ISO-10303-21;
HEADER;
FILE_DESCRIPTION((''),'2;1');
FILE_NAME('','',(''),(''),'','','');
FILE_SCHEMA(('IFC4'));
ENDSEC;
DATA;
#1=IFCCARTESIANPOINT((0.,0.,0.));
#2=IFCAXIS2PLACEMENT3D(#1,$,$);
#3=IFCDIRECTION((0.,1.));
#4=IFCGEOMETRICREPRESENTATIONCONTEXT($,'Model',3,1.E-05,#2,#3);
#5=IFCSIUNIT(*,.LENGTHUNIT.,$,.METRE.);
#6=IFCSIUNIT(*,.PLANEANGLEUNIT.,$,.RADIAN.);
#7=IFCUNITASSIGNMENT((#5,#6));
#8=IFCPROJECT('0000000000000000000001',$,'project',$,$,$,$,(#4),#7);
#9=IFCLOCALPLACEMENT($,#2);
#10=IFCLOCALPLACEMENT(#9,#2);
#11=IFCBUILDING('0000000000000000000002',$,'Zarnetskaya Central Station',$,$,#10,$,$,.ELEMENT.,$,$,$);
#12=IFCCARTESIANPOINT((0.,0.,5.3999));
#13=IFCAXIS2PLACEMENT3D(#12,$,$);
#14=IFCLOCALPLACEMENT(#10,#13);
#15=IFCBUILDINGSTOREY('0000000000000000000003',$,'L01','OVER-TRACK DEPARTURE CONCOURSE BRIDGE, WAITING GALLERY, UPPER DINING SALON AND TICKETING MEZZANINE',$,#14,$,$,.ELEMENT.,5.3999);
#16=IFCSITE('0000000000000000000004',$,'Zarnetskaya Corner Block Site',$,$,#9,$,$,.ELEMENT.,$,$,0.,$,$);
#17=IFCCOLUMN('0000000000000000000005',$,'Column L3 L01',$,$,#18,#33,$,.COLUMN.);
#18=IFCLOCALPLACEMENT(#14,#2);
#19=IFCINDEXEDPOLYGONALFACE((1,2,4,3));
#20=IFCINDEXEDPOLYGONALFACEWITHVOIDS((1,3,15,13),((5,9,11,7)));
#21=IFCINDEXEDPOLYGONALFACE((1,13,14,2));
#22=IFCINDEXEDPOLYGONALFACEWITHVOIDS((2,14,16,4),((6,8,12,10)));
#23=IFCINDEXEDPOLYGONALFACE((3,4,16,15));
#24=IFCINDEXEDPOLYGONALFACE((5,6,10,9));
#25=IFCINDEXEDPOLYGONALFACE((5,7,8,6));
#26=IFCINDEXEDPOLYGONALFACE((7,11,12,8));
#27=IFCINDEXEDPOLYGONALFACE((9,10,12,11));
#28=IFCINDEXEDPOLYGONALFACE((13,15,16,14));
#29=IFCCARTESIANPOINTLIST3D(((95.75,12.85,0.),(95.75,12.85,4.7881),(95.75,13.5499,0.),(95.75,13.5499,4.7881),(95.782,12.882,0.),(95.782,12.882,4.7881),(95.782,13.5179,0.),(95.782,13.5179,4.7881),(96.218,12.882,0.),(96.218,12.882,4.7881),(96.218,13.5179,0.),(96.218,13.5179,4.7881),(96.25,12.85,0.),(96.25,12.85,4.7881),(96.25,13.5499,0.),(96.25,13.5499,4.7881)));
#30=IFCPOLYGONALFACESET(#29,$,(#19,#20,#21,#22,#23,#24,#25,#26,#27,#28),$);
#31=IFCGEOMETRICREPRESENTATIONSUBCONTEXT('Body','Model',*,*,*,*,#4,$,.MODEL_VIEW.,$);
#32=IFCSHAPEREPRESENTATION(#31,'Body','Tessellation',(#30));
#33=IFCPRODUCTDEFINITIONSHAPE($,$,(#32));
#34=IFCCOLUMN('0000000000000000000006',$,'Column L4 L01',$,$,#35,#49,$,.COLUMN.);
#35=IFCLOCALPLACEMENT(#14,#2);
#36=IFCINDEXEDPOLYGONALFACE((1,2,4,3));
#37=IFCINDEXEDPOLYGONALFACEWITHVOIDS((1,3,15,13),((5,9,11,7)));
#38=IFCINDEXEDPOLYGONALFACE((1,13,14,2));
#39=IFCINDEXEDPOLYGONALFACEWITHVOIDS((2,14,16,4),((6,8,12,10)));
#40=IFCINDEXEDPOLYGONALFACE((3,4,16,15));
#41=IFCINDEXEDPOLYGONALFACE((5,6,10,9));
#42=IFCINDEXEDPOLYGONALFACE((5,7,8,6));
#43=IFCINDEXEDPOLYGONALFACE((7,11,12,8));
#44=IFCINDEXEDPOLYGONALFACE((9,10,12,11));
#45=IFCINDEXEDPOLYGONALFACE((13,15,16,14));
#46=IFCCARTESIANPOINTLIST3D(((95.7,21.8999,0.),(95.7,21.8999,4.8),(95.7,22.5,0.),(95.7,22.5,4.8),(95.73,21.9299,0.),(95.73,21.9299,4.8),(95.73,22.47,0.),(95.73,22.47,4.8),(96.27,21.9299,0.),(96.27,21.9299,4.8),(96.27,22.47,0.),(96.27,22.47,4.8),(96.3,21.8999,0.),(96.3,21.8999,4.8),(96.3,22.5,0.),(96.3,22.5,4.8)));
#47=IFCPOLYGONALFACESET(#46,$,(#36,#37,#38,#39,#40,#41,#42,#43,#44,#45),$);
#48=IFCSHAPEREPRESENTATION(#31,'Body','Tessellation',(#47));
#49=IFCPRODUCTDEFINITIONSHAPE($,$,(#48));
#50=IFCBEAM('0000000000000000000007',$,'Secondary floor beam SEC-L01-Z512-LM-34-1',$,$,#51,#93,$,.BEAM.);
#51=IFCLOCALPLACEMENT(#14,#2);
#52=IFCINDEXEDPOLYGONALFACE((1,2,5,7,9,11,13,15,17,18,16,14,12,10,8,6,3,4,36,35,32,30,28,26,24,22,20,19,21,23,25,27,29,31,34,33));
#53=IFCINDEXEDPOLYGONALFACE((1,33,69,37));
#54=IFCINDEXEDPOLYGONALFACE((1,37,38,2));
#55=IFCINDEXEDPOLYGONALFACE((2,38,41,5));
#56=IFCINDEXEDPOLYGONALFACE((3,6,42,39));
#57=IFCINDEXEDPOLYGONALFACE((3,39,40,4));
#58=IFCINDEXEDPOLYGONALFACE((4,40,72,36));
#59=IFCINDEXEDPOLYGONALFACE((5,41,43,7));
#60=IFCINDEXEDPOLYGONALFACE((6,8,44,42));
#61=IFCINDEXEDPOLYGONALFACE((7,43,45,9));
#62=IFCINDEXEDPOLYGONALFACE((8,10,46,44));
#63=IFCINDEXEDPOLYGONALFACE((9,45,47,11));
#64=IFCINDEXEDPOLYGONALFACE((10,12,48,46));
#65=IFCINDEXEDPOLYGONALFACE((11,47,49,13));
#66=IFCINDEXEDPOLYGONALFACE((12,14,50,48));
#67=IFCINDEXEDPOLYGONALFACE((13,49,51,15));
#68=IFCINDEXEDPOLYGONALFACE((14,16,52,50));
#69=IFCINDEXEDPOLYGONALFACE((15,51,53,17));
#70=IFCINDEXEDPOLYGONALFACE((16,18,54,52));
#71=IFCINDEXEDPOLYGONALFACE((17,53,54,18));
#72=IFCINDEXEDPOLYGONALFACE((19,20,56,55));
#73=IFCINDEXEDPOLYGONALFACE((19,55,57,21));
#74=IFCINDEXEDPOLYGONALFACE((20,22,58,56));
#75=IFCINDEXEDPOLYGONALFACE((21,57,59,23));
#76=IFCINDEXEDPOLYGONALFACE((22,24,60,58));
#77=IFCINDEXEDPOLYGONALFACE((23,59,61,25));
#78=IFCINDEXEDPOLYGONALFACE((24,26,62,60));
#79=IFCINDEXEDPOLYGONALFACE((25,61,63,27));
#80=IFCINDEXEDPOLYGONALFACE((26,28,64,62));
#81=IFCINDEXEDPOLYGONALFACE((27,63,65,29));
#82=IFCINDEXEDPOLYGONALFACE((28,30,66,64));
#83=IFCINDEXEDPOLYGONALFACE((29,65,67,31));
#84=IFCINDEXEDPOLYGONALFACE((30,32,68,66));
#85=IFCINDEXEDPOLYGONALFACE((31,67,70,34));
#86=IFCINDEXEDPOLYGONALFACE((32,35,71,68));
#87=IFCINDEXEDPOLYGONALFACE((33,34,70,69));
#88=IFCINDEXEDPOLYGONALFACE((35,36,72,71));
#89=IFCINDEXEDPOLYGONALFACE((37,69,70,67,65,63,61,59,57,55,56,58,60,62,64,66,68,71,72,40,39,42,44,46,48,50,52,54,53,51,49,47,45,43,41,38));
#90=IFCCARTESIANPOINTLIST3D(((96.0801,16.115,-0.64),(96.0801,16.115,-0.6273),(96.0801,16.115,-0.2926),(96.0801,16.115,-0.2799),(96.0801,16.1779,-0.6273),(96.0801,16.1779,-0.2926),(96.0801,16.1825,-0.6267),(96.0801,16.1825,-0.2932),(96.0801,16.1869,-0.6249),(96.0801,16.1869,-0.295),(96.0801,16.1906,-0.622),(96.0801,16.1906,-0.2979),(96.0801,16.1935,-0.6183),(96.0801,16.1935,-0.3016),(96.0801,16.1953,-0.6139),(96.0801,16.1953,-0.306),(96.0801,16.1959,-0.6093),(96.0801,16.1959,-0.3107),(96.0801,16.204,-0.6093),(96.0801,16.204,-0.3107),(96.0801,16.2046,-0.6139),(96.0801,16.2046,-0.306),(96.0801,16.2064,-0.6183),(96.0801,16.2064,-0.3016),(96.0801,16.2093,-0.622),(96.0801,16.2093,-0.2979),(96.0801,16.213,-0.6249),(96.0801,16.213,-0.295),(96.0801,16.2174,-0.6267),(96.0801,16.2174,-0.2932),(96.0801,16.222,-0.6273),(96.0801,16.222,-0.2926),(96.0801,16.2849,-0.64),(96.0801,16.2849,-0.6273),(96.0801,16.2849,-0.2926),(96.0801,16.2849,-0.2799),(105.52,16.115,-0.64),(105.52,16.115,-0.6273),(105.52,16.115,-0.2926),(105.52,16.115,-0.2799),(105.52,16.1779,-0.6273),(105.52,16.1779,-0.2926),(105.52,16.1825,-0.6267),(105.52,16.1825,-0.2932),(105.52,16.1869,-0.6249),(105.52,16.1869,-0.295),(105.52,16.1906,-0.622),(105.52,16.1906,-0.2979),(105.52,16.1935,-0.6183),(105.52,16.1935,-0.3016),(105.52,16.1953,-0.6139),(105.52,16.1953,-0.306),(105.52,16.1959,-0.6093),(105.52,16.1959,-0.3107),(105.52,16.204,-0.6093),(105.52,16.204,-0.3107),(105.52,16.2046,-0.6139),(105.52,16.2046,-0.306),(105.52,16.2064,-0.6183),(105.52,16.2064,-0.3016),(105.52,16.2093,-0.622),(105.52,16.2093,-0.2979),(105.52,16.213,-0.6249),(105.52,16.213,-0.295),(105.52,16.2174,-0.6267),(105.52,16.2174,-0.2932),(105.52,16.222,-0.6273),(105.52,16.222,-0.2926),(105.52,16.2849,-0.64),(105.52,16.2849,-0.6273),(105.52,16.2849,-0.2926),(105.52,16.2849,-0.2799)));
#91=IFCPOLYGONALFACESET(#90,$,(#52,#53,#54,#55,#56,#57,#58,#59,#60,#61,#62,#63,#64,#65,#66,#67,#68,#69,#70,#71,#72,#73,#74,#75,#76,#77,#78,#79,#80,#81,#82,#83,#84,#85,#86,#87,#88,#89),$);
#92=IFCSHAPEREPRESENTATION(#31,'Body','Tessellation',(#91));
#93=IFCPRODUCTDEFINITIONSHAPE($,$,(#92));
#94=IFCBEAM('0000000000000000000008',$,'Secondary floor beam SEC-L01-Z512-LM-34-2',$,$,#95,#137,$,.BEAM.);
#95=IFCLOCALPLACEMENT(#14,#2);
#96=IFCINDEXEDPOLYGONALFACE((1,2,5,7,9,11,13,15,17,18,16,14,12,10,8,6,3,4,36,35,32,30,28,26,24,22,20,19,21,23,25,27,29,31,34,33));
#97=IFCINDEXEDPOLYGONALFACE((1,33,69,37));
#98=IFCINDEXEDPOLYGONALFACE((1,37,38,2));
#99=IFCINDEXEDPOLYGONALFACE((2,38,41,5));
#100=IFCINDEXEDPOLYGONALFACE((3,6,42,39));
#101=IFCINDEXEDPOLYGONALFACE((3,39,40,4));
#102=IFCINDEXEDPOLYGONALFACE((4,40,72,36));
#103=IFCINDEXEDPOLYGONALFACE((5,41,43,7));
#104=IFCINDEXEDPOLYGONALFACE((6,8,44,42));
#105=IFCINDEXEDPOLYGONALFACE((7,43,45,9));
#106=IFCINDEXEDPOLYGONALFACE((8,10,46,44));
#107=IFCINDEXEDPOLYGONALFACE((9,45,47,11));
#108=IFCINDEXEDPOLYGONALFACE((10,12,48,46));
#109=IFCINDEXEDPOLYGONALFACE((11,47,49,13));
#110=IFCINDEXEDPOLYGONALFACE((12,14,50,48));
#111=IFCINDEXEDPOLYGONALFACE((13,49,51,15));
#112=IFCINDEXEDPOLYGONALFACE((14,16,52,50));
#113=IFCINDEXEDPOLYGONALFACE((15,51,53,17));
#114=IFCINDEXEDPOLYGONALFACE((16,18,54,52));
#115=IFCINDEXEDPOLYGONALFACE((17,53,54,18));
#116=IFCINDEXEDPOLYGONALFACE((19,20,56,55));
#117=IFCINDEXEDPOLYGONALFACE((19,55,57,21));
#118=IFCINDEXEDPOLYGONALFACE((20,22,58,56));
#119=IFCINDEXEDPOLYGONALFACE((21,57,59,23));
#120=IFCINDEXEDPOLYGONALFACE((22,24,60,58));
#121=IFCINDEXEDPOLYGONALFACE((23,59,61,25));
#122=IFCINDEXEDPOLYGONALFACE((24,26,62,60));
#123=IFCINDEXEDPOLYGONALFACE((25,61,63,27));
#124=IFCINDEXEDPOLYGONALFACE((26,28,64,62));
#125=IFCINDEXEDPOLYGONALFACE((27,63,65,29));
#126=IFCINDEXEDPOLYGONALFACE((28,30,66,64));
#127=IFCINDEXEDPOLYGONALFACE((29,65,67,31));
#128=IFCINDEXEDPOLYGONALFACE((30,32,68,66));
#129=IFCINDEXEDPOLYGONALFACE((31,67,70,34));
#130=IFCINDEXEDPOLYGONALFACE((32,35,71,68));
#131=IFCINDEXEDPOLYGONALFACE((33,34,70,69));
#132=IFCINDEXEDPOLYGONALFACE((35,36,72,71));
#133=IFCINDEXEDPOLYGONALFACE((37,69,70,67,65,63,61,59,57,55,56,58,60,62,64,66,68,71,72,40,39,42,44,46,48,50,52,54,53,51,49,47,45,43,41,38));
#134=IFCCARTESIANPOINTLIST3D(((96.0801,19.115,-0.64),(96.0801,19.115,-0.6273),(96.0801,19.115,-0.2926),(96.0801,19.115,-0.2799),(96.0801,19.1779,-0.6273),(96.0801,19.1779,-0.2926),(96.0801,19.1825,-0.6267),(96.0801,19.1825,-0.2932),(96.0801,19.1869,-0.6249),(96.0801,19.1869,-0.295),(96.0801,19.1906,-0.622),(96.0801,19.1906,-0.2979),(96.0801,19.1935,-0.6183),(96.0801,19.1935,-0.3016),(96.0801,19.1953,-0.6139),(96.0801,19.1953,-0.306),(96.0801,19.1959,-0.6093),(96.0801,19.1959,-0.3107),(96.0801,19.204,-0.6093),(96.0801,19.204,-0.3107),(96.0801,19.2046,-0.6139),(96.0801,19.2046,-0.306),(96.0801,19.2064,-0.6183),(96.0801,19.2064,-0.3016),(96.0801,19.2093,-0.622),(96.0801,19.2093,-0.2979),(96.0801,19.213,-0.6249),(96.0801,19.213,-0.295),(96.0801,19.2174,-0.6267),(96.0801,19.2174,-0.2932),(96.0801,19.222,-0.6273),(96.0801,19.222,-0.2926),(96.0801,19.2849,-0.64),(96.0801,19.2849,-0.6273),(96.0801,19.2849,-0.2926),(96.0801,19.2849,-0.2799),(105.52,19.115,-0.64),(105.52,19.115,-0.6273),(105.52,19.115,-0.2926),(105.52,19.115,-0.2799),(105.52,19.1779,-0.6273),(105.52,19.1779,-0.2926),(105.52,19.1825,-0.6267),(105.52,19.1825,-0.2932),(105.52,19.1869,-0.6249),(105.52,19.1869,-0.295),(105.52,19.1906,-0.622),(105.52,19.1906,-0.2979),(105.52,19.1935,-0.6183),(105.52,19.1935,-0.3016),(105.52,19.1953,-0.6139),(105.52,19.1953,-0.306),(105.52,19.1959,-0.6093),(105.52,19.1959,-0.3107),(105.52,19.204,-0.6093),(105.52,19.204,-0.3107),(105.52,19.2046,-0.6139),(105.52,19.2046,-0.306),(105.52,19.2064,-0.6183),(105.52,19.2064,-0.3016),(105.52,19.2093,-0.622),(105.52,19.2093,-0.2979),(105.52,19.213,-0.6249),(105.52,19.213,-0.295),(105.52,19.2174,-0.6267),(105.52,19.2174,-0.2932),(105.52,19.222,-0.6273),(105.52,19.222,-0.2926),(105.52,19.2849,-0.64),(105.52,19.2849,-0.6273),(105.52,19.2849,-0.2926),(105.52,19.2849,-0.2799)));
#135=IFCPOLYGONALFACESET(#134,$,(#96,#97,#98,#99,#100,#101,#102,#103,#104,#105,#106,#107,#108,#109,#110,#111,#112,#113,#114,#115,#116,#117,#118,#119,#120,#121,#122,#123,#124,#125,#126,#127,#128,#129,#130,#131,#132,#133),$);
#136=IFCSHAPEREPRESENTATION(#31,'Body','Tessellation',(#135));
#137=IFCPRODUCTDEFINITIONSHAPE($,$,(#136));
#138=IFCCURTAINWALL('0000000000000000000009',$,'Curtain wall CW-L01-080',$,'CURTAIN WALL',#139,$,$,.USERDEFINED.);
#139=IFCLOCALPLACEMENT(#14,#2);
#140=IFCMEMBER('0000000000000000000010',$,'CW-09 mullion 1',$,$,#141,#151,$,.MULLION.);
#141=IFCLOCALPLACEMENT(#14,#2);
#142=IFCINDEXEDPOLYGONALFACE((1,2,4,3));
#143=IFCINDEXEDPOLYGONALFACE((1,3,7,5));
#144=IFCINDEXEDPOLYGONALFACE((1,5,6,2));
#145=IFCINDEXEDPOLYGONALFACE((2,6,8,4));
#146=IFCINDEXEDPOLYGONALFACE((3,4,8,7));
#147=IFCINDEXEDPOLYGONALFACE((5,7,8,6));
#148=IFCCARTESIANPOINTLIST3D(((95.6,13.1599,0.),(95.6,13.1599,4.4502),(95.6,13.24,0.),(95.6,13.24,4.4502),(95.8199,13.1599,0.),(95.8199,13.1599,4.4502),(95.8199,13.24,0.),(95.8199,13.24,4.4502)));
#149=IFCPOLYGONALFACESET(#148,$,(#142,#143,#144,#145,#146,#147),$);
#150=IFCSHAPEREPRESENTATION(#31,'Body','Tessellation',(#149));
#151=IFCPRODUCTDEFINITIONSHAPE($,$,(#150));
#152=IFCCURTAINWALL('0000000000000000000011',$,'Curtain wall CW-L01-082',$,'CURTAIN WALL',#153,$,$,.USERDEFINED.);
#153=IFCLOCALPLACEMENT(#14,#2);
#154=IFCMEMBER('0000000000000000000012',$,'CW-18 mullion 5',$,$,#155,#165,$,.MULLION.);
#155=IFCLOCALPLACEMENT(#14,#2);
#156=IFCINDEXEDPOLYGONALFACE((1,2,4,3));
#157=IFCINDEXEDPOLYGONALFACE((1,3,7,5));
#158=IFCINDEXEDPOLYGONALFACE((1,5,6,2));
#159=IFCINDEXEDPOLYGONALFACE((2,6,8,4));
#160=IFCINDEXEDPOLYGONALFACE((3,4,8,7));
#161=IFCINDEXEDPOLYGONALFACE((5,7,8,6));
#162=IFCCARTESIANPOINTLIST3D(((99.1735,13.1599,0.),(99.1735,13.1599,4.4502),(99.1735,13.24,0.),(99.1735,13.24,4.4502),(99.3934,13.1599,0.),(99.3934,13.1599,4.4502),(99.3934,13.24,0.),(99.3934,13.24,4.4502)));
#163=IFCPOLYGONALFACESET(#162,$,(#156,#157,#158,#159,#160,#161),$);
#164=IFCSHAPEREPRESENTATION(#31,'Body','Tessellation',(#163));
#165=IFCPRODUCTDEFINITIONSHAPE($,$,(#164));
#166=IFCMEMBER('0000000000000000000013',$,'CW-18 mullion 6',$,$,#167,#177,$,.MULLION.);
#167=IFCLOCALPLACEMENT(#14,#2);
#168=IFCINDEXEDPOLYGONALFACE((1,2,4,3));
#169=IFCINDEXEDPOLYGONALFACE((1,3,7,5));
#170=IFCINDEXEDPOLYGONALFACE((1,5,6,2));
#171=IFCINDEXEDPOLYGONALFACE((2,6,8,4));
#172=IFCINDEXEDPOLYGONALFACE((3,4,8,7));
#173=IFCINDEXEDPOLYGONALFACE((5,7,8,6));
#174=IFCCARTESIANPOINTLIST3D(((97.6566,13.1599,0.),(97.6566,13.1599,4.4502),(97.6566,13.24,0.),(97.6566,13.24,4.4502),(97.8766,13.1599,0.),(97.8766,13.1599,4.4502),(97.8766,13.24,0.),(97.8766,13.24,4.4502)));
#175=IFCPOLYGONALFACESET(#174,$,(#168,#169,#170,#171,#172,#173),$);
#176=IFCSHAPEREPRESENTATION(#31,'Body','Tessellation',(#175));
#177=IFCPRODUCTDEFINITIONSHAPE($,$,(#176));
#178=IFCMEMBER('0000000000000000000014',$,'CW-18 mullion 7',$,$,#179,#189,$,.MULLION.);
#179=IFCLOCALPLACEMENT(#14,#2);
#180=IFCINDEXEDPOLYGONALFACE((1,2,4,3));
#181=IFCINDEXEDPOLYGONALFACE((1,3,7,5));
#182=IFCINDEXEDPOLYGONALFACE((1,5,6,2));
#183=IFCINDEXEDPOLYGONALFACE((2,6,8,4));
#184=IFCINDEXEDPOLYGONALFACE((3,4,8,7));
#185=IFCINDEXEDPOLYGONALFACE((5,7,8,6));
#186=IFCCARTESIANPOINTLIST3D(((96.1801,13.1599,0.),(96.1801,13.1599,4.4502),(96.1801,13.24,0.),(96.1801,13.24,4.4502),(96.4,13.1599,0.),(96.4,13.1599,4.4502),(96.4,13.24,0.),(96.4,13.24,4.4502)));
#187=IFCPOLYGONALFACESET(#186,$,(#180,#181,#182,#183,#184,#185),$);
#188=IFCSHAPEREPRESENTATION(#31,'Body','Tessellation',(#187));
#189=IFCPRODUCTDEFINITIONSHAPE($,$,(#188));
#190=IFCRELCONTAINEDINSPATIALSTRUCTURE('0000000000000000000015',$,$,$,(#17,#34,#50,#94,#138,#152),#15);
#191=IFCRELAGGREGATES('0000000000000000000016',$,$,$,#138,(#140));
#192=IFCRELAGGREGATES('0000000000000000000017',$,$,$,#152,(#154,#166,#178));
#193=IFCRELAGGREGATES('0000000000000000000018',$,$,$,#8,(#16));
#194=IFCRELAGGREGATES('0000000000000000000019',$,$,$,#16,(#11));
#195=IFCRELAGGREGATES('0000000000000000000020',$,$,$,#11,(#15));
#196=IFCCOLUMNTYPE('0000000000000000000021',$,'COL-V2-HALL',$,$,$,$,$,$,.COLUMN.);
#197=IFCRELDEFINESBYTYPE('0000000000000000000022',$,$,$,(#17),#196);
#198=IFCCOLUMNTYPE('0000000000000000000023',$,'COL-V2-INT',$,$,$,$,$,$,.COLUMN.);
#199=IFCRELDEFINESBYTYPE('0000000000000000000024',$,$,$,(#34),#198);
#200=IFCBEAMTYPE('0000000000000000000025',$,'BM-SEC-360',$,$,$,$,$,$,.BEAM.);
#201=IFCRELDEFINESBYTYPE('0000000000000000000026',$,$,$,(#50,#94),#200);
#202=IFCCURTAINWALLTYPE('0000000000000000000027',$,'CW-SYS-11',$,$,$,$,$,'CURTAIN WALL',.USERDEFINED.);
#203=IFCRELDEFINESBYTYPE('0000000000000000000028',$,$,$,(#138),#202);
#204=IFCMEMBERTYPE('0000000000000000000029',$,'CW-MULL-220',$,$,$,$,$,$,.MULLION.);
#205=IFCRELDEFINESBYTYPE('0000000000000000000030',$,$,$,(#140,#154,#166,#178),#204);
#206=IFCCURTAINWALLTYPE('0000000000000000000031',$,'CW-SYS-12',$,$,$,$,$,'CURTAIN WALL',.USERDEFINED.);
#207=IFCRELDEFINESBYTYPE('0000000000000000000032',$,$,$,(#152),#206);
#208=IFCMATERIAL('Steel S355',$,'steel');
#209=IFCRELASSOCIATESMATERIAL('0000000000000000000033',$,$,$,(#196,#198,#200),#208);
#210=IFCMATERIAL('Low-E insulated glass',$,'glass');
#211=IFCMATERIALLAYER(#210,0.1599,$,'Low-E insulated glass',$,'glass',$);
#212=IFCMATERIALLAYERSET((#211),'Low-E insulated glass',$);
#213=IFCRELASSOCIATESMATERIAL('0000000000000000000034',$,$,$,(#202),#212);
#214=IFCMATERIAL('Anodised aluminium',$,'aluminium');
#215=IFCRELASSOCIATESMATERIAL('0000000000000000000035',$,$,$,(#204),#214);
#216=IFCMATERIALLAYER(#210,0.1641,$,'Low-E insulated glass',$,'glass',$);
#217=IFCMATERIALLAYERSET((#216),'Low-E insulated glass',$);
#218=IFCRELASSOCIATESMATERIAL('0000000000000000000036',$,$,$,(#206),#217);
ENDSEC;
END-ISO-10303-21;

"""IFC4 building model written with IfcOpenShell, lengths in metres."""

from ifc_helpers import new_model, si_unit, direction, frame, origin, origin_2d, place, context, subcontext, project, spatial, rectangle, hollow_rectangle, i_section, extrude, material, layer, layer_set, material_profile, profile_set, type_object, element, aggregate, save


model = new_model("IFC4")

# Units and contexts
model_context = context("Model", 3, precision=1e-05, world=origin(), true_north=direction((0.0, 1.0)))
body_context = subcontext(model_context, "Body", "Model", "MODEL_VIEW")
ifc_project = project(units=[si_unit("LENGTHUNIT", "METRE"), si_unit("PLANEANGLEUNIT", "RADIAN")], contexts=[model_context])

# Site, building, storey
site_placement = place(None, origin())
site = spatial("IfcSite", under=ifc_project, at=site_placement, Name="Zarnetskaya Corner Block Site", CompositionType="ELEMENT", RefElevation=0.0)
building_placement = place(site_placement, origin())
building = spatial("IfcBuilding", under=site, at=building_placement, Name="Zarnetskaya Central Station", CompositionType="ELEMENT")
storey_placement = place(building_placement, frame((0.0, 0.0, 5.3999)))
storey = spatial("IfcBuildingStorey", under=building, at=storey_placement, Name="L01", Description="OVER-TRACK DEPARTURE CONCOURSE BRIDGE, WAITING GALLERY, UPPER DINING SALON AND TICKETING MEZZANINE", CompositionType="ELEMENT", Elevation=5.3999)

# Columns
ifc_material_1 = material(Name="Steel S355", Category="steel")
ifc_material_profile_1 = material_profile(ifc_material_1, hollow_rectangle(XDim=0.5, YDim=0.7, WallThickness=0.032, at=origin_2d()), Name="BOX 700x500x32")
ifc_profile_set_1 = profile_set([ifc_material_profile_1], Name="Steel S355")
column_type_1 = type_object("IfcColumnType", Name="COL-V2-HALL", PredefinedType="COLUMN", material=ifc_profile_set_1)
column_1_placement = place(storey_placement, frame((96.0, 13.2, 0.0), z_axis=(0.0, 0.0, 1.0), x_axis=(1.0, 0.0, 0.0)))
element("IfcColumn", 1, at=column_1_placement, inside=storey, type_object=column_type_1, Name="Column L3 L01", PredefinedType="COLUMN", context=body_context, shape_type="SweptSolid", body=[
    extrude(hollow_rectangle(XDim=0.5, YDim=0.7, WallThickness=0.032, at=origin_2d()), origin(), (0.0, 0.0, 1.0), 4.7881),
])
ifc_material_profile_2 = material_profile(ifc_material_1, hollow_rectangle(XDim=0.6001, YDim=0.6001, WallThickness=0.03, at=origin_2d()), Name="BOX 600x600x30")
ifc_profile_set_2 = profile_set([ifc_material_profile_2], Name="Steel S355")
column_type_2 = type_object("IfcColumnType", Name="COL-V2-INT", PredefinedType="COLUMN", material=ifc_profile_set_2)
column_2_placement = place(storey_placement, frame((96.0, 22.2, 0.0), z_axis=(0.0, 0.0, 1.0), x_axis=(1.0, 0.0, 0.0)))
element("IfcColumn", 2, at=column_2_placement, inside=storey, type_object=column_type_2, Name="Column L4 L01", PredefinedType="COLUMN", context=body_context, shape_type="SweptSolid", body=[
    extrude(hollow_rectangle(XDim=0.6001, YDim=0.6001, WallThickness=0.03, at=origin_2d()), origin(), (0.0, 0.0, 1.0), 4.8),
])

# Beams
ifc_material_profile_3 = material_profile(ifc_material_1, i_section(OverallWidth=0.1699, OverallDepth=0.3601, WebThickness=0.0081, FlangeThickness=0.0127, FilletRadius=0.0181, at=origin_2d()), Name="IPE 360")
ifc_profile_set_3 = profile_set([ifc_material_profile_3], Name="Steel S355")
beam_type_1 = type_object("IfcBeamType", Name="BM-SEC-360", PredefinedType="BEAM", material=ifc_profile_set_3)
for number, where, z_axis, x_axis, name in (
    (3, (96.0801, 16.2, -0.46), (1.0, 0.0, 0.0), (0.0, 1.0, 0.0), "Secondary floor beam SEC-L01-Z512-LM-34-1"),
    (4, (96.0801, 19.2, -0.46), (1.0, 0.0, 0.0), (0.0, 1.0, 0.0), "Secondary floor beam SEC-L01-Z512-LM-34-2"),
):
    element("IfcBeam", number, at=place(storey_placement, frame(where, z_axis=z_axis, x_axis=x_axis)), inside=storey, type_object=beam_type_1, Name=name, PredefinedType="BEAM", context=body_context, shape_type="SweptSolid", body=[
        extrude(i_section(OverallWidth=0.1699, OverallDepth=0.3601, WebThickness=0.0081, FlangeThickness=0.0127, FilletRadius=0.0181, at=origin_2d()), origin(), (0.0, 0.0, 1.0), 9.4399),
    ])

# Curtain wall, member
ifc_material_2 = material(Name="Low-E insulated glass", Category="glass")
ifc_layer_1 = layer(ifc_material_2, 0.1599, Name="Low-E insulated glass", Category="glass")
ifc_layer_set_1 = layer_set([ifc_layer_1], Name="Low-E insulated glass")
curtain_wall_type_1 = type_object("IfcCurtainWallType", Name="CW-SYS-11", ElementType="CURTAIN WALL", PredefinedType="USERDEFINED", material=ifc_layer_set_1)
curtain_wall_1_placement = place(storey_placement, origin())
curtain_wall_1 = element("IfcCurtainWall", 5, at=curtain_wall_1_placement, inside=storey, type_object=curtain_wall_type_1, Name="Curtain wall CW-L01-080", ObjectType="CURTAIN WALL", PredefinedType="USERDEFINED")
ifc_material_3 = material(Name="Anodised aluminium", Category="aluminium")
ifc_material_profile_4 = material_profile(ifc_material_3, rectangle(XDim=0.0801, YDim=0.22, at=origin_2d()), Name="ALU MULL 80x220")
ifc_profile_set_4 = profile_set([ifc_material_profile_4], Name="Anodised aluminium")
member_type_1 = type_object("IfcMemberType", Name="CW-MULL-220", PredefinedType="MULLION", material=ifc_profile_set_4)
member_1_placement = place(storey_placement, frame((95.71, 13.2, 0.0), z_axis=(0.0, 0.0, 1.0), x_axis=(0.0, -1.0, 0.0)))
member_1 = element("IfcMember", 6, at=member_1_placement, type_object=member_type_1, Name="CW-09 mullion 1", PredefinedType="MULLION", context=body_context, shape_type="SweptSolid", body=[
    extrude(rectangle(XDim=0.0801, YDim=0.22, at=origin_2d()), origin(), (0.0, 0.0, 1.0), 4.4502),
])

# Curtain wall, members
ifc_layer_2 = layer(ifc_material_2, 0.1641, Name="Low-E insulated glass", Category="glass")
ifc_layer_set_2 = layer_set([ifc_layer_2], Name="Low-E insulated glass")
curtain_wall_type_2 = type_object("IfcCurtainWallType", Name="CW-SYS-12", ElementType="CURTAIN WALL", PredefinedType="USERDEFINED", material=ifc_layer_set_2)
curtain_wall_2_placement = place(storey_placement, origin())
curtain_wall_2 = element("IfcCurtainWall", 7, at=curtain_wall_2_placement, inside=storey, type_object=curtain_wall_type_2, Name="Curtain wall CW-L01-082", ObjectType="CURTAIN WALL", PredefinedType="USERDEFINED")
member_2_placement = place(storey_placement, frame((99.2834, 13.2, 0.0), z_axis=(0.0, 0.0, 1.0), x_axis=(0.0, -1.0, 0.0)))
member_2 = element("IfcMember", 8, at=member_2_placement, type_object=member_type_1, Name="CW-18 mullion 5", PredefinedType="MULLION", context=body_context, shape_type="SweptSolid", body=[
    extrude(rectangle(XDim=0.0801, YDim=0.22, at=origin_2d()), origin(), (0.0, 0.0, 1.0), 4.4502),
])
member_3_placement = place(storey_placement, frame((97.7666, 13.2, 0.0), z_axis=(0.0, 0.0, 1.0), x_axis=(0.0, -1.0, 0.0)))
member_3 = element("IfcMember", 9, at=member_3_placement, type_object=member_type_1, Name="CW-18 mullion 6", PredefinedType="MULLION", context=body_context, shape_type="SweptSolid", body=[
    extrude(rectangle(XDim=0.0801, YDim=0.22, at=origin_2d()), origin(), (0.0, 0.0, 1.0), 4.4502),
])
member_4_placement = place(storey_placement, frame((96.29, 13.2, 0.0), z_axis=(0.0, 0.0, 1.0), x_axis=(0.0, -1.0, 0.0)))
member_4 = element("IfcMember", 10, at=member_4_placement, type_object=member_type_1, Name="CW-18 mullion 7", PredefinedType="MULLION", context=body_context, shape_type="SweptSolid", body=[
    extrude(rectangle(XDim=0.0801, YDim=0.22, at=origin_2d()), origin(), (0.0, 0.0, 1.0), 4.4502),
])

aggregate(curtain_wall_1, [member_1])
aggregate(curtain_wall_2, [member_2, member_3, member_4])

save(model, "model.ifc")
